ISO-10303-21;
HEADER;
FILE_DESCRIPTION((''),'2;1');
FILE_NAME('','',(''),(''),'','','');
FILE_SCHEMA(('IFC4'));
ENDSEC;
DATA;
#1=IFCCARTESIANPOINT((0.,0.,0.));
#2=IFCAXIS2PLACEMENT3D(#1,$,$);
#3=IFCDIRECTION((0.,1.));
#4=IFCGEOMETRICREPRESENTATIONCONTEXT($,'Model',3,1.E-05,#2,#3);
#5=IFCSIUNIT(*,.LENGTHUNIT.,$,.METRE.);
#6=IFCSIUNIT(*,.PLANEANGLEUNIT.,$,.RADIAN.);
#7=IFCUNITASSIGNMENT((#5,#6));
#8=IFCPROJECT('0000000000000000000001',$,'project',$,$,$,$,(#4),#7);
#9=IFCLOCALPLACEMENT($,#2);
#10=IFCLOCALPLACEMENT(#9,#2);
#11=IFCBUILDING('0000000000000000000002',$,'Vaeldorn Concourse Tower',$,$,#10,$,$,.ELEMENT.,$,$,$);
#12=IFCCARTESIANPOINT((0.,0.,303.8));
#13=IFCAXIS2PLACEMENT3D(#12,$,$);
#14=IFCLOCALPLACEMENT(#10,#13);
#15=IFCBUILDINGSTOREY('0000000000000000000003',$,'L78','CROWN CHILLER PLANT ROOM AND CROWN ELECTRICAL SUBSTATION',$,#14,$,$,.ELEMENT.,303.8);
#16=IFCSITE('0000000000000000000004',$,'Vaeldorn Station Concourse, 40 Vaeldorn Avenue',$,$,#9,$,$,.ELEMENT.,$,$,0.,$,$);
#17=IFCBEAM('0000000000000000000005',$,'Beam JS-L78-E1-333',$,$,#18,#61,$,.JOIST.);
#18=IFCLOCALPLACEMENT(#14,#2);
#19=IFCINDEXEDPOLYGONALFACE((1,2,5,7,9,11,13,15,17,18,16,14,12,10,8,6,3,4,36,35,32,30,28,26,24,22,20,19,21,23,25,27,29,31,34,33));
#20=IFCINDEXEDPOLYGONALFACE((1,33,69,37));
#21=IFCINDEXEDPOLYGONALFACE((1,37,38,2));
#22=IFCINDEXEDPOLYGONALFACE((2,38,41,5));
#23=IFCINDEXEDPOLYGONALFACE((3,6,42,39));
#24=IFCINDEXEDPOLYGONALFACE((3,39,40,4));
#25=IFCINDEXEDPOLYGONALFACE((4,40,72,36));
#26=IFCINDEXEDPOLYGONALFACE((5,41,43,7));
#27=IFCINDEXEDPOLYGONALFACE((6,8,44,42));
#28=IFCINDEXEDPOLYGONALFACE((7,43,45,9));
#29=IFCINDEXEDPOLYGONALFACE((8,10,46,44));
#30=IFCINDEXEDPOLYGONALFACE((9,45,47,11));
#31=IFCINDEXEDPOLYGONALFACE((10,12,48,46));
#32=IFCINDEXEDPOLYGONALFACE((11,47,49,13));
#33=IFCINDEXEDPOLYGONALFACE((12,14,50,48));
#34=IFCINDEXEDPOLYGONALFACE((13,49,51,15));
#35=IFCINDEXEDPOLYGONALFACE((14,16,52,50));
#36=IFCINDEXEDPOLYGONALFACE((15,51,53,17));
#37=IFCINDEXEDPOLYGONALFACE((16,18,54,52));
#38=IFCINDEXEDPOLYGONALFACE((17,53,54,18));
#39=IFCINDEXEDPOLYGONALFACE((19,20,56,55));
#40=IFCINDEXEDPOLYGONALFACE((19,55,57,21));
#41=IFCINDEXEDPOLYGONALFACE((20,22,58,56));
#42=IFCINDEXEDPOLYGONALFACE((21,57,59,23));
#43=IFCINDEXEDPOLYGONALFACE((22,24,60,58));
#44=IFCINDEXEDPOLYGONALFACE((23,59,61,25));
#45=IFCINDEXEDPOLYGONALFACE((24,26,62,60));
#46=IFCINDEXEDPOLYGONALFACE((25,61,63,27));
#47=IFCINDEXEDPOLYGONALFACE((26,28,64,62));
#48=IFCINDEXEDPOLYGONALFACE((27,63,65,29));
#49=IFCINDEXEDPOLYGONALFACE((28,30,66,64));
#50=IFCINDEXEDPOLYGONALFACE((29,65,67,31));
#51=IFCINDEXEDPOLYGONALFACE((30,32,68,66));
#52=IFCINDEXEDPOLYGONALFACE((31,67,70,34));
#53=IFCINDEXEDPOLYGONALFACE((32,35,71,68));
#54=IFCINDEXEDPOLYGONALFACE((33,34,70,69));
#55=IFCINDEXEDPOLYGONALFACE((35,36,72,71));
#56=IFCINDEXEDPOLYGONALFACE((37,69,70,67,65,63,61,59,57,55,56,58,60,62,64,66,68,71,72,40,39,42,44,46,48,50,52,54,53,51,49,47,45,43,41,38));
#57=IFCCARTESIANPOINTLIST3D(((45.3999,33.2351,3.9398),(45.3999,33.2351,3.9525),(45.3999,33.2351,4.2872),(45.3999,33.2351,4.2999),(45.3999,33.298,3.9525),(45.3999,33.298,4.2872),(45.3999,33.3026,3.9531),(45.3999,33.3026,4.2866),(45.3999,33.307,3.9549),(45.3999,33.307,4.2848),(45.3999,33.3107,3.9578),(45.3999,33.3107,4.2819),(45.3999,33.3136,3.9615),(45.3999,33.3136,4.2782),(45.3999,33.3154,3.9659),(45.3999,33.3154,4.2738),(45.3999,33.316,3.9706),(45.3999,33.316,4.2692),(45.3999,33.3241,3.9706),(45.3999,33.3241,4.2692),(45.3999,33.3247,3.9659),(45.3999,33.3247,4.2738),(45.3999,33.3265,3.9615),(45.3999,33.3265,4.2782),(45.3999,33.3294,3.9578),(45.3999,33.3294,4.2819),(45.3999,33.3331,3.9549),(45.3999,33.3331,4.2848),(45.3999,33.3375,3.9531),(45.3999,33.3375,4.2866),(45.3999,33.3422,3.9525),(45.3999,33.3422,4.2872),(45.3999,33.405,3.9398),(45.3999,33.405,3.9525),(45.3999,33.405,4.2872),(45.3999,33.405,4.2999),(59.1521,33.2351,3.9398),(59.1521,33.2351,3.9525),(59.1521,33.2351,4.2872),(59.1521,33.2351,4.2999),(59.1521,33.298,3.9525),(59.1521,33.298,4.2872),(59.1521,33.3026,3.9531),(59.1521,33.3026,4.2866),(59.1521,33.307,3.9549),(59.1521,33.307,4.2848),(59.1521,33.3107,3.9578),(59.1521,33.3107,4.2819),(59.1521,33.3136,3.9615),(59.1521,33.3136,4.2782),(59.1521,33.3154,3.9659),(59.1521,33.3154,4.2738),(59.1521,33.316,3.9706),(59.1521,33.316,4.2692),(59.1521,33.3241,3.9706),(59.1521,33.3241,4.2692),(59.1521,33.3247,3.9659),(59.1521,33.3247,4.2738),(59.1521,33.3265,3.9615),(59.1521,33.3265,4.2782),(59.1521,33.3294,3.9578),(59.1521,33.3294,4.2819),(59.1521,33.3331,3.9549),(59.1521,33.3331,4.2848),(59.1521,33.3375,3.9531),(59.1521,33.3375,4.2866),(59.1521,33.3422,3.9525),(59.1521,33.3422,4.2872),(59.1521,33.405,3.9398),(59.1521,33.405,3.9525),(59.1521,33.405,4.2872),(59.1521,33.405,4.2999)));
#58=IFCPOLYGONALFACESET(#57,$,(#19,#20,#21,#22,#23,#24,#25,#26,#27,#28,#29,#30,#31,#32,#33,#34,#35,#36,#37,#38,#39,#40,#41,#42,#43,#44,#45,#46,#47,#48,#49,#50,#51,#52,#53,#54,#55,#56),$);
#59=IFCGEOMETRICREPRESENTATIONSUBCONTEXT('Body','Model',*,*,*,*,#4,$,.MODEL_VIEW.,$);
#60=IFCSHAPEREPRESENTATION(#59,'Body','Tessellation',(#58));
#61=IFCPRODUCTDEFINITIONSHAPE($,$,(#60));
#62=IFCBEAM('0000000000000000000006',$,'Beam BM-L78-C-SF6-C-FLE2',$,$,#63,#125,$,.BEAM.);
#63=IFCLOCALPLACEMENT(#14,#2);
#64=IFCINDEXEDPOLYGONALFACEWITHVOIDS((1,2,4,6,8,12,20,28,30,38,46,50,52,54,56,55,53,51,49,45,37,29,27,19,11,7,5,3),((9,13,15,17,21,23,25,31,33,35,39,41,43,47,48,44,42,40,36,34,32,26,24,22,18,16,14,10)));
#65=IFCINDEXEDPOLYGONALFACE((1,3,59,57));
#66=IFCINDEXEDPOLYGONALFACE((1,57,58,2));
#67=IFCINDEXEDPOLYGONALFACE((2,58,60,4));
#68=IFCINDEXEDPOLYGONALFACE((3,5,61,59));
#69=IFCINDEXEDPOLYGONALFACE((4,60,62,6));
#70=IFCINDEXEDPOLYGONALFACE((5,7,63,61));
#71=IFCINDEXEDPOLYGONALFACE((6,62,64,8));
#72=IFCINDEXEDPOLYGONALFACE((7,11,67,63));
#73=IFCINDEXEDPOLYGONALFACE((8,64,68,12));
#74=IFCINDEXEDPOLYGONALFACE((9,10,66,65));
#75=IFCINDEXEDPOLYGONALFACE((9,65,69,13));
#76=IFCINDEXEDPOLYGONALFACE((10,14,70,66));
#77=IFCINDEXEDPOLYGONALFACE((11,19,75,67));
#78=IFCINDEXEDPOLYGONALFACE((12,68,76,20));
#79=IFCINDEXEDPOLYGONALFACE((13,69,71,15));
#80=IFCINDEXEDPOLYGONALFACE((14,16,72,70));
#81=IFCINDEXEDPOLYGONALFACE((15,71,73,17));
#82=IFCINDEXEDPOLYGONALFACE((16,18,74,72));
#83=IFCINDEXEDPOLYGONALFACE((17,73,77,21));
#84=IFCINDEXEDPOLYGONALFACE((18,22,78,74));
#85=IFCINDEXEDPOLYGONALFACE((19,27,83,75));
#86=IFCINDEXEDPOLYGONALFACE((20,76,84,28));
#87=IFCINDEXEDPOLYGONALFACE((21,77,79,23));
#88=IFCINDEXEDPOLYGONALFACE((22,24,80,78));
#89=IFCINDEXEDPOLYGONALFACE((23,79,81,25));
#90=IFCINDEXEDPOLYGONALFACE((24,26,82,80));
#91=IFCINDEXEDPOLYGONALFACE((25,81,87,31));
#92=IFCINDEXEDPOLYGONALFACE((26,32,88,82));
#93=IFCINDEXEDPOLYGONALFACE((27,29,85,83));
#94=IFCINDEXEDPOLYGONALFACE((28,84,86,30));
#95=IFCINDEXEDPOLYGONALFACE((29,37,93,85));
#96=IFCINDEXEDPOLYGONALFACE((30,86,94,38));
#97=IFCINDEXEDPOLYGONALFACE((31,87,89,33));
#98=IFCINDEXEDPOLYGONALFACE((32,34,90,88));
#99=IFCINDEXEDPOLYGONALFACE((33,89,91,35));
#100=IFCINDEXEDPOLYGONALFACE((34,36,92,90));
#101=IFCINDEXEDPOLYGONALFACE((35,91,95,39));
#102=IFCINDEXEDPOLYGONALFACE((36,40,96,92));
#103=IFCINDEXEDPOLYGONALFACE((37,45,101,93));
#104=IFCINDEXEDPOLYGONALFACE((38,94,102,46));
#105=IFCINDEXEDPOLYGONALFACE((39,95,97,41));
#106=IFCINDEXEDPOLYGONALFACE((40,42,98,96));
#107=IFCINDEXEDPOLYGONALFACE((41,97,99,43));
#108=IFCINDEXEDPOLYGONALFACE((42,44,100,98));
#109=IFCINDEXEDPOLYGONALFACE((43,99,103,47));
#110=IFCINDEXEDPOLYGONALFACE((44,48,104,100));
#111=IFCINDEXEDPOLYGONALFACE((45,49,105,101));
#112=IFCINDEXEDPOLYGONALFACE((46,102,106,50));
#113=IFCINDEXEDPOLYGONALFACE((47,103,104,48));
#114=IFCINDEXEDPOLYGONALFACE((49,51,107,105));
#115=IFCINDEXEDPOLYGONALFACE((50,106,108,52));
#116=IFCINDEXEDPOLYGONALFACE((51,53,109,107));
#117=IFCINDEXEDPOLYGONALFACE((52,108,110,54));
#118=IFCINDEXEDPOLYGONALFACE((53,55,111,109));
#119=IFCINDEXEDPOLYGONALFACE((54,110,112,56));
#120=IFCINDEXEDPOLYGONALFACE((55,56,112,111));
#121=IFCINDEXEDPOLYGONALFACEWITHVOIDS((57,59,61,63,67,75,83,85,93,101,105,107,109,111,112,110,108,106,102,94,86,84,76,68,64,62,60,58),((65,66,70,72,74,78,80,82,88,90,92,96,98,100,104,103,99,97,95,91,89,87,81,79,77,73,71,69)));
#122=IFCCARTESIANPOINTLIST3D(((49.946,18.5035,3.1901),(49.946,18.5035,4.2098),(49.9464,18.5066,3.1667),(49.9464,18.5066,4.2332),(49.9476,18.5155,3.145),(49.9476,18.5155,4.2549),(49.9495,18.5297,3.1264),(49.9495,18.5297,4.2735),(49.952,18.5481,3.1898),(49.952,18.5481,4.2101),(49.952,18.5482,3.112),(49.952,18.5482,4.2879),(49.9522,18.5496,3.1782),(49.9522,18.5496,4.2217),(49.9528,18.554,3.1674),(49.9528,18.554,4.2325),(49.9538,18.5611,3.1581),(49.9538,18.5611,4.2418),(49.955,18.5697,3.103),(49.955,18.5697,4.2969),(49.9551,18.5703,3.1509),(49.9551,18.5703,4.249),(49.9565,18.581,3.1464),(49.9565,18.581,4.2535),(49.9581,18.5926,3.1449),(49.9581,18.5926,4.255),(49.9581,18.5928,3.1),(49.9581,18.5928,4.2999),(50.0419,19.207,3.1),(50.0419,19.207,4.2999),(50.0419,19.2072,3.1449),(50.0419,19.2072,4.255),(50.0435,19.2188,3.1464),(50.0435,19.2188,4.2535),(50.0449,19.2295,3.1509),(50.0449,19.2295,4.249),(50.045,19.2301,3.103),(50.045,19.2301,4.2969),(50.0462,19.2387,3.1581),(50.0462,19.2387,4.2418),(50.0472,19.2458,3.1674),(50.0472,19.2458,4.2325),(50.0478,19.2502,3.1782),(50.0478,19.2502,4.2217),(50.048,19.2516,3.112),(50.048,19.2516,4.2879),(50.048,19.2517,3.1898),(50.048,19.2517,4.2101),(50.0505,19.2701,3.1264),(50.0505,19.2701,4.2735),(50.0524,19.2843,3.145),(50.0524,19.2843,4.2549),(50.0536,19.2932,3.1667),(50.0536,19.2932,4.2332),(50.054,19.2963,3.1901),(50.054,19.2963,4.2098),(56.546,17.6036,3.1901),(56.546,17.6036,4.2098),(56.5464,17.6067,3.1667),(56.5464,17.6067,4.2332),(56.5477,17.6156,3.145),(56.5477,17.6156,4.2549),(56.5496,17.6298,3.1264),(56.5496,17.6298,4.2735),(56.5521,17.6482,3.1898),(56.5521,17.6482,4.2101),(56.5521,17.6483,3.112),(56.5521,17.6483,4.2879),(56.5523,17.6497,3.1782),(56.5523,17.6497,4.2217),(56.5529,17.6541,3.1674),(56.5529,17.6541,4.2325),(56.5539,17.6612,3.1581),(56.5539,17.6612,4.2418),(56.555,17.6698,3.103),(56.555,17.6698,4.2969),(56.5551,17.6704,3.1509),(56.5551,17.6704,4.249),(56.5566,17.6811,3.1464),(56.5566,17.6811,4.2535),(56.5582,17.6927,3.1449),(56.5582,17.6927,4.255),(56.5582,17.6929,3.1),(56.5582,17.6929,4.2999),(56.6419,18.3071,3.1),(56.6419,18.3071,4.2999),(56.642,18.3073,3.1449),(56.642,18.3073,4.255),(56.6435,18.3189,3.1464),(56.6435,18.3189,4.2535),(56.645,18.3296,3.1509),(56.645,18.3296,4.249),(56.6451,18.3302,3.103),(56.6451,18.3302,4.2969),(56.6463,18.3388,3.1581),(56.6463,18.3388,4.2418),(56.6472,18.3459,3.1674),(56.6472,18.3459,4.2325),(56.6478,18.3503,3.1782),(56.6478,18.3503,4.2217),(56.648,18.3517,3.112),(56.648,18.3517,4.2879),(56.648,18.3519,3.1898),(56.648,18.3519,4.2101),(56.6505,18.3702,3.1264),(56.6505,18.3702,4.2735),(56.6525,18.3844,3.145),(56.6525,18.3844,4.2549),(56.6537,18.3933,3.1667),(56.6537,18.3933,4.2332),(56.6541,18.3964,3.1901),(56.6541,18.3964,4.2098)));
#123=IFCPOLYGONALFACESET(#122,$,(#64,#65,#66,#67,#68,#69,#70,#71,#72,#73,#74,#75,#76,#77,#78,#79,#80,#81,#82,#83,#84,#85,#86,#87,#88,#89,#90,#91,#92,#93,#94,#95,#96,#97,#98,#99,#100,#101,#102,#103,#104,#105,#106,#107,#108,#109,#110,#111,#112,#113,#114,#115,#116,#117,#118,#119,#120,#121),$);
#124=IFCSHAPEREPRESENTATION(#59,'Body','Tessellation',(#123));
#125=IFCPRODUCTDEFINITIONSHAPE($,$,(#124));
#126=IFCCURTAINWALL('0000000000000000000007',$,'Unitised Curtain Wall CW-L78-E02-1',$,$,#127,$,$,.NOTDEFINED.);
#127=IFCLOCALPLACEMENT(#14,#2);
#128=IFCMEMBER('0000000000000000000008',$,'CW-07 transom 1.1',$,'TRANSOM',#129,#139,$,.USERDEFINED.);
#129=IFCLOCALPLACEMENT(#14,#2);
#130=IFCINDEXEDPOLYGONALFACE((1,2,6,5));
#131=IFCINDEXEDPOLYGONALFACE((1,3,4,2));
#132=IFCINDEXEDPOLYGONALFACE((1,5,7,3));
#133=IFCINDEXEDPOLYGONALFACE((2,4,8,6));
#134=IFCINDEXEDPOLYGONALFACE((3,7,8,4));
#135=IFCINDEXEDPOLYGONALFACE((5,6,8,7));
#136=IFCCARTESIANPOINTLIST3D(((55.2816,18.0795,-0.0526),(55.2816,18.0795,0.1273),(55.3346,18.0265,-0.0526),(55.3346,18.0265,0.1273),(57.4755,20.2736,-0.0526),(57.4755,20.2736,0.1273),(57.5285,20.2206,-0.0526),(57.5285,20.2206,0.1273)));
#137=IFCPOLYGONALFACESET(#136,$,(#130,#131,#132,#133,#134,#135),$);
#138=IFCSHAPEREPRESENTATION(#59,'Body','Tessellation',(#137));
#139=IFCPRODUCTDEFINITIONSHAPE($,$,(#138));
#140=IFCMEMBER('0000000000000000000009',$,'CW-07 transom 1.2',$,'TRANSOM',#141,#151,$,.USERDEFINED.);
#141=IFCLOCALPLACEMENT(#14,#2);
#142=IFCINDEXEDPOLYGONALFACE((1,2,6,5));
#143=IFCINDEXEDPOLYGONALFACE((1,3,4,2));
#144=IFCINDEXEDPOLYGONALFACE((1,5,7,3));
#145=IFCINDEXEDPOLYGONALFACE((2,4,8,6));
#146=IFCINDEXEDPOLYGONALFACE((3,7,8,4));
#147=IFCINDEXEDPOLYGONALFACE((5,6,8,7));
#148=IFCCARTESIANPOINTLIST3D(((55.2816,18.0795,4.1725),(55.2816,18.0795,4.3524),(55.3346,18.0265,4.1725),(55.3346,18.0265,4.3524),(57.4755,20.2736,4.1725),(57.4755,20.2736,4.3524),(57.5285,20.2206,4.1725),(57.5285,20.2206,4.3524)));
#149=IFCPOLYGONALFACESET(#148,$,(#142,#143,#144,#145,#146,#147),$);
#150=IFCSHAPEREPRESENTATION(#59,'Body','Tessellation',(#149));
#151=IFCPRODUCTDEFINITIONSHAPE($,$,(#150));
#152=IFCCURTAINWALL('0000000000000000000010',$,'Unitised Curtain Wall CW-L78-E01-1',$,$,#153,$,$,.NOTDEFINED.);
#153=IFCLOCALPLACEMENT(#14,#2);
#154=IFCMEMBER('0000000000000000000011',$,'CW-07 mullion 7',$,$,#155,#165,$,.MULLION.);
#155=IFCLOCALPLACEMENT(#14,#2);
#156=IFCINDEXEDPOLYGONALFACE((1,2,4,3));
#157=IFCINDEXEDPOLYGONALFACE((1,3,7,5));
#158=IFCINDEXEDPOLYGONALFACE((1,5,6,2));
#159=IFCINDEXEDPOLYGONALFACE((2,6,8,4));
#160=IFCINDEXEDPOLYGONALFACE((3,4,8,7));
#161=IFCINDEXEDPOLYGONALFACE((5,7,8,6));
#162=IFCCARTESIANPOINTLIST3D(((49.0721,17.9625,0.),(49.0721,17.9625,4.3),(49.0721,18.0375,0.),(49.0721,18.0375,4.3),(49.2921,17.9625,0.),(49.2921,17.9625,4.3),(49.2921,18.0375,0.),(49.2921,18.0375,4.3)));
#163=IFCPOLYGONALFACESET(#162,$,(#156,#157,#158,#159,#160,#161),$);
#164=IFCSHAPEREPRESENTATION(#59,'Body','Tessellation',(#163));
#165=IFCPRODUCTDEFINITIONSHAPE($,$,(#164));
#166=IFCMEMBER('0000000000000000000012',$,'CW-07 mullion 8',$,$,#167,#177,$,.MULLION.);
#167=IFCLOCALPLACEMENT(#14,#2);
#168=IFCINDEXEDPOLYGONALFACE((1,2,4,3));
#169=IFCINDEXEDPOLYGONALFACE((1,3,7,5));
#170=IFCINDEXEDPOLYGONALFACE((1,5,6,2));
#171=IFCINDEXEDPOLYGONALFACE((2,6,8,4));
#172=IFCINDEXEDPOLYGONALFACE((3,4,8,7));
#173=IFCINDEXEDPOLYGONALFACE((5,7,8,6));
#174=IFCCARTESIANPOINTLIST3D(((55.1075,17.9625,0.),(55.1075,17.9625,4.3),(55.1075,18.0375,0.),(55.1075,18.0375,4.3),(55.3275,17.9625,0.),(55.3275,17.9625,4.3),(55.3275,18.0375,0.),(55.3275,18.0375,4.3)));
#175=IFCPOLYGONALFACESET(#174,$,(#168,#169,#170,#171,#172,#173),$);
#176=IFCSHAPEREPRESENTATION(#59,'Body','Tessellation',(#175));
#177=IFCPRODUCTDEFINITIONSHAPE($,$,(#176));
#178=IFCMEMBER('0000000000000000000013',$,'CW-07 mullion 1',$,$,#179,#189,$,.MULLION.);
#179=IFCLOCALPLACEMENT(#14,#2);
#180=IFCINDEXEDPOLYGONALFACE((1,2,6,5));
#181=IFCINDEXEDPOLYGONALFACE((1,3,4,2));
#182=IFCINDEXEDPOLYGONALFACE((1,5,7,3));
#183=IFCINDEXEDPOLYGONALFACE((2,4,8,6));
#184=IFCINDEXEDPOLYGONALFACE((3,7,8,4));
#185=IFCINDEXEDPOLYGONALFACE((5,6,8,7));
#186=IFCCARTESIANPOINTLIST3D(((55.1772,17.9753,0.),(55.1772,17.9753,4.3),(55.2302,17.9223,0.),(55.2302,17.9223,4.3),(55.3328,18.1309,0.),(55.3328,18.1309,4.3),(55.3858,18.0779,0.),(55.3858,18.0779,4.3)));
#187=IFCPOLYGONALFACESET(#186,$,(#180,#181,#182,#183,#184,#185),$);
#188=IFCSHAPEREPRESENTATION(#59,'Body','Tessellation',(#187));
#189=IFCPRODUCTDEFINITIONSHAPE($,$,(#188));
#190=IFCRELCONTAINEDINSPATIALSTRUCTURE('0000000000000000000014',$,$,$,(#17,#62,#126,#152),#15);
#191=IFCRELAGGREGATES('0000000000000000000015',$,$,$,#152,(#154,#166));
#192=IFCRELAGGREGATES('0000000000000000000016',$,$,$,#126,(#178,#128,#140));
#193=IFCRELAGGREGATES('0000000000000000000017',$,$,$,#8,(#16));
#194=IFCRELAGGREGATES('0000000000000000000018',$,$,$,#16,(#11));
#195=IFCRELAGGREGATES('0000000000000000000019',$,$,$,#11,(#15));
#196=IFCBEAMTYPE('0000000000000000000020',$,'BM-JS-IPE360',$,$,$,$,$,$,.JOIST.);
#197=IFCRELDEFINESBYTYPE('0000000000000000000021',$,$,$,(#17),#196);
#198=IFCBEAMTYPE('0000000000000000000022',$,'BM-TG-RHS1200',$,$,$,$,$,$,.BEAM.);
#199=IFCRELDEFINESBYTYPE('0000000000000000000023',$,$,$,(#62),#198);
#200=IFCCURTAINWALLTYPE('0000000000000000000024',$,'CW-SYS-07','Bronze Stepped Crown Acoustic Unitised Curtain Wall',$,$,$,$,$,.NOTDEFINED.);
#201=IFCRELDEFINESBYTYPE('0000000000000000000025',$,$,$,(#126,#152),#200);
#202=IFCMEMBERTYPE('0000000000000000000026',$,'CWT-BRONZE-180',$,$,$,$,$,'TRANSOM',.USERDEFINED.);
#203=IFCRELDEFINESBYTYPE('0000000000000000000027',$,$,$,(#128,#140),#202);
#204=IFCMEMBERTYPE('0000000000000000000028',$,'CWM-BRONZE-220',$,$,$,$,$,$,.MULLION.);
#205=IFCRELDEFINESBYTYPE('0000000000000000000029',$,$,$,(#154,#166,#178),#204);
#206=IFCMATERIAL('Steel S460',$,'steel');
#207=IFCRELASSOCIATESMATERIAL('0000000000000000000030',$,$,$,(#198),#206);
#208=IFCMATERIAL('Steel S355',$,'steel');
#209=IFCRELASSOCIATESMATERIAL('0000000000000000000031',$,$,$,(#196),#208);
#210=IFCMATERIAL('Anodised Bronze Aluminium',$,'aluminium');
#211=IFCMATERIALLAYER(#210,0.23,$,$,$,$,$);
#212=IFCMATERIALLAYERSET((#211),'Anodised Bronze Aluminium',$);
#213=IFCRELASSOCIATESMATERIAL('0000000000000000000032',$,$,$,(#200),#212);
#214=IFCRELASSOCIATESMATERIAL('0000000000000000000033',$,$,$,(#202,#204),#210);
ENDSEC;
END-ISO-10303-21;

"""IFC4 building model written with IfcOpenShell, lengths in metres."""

from ifc_helpers import new_model, si_unit, direction, frame, origin, origin_2d, place, context, subcontext, project, spatial, rectangle, hollow_rectangle, i_section, extrude, source, transform, mapped, material, layer, layer_set, material_profile, profile_set, type_object, element, aggregate, save


model = new_model("IFC4")

# Units and contexts
model_context = context("Model", 3, precision=1e-05, world=origin(), true_north=direction((0.0, 1.0)))
body_context = subcontext(model_context, "Body", "Model", "MODEL_VIEW")
ifc_project = project(units=[si_unit("LENGTHUNIT", "METRE"), si_unit("PLANEANGLEUNIT", "RADIAN")], contexts=[model_context])

# Site, building, storey
site_placement = place(None, origin())
site = spatial("IfcSite", under=ifc_project, at=site_placement, Name="Vaeldorn Station Concourse, 40 Vaeldorn Avenue", CompositionType="ELEMENT", RefElevation=0.0)
building_placement = place(site_placement, origin())
building = spatial("IfcBuilding", under=site, at=building_placement, Name="Vaeldorn Concourse Tower", CompositionType="ELEMENT")
storey_placement = place(building_placement, frame((0.0, 0.0, 303.8)))
storey = spatial("IfcBuildingStorey", under=building, at=storey_placement, Name="L78", Description="CROWN CHILLER PLANT ROOM AND CROWN ELECTRICAL SUBSTATION", CompositionType="ELEMENT", Elevation=303.8)

# Shared definitions
ifc_material_1 = material(Name="Steel S355", Category="steel")

# Beams
ifc_material_2 = material(Name="Steel S460", Category="steel")
ifc_material_profile_1 = material_profile(ifc_material_2, hollow_rectangle(XDim=0.8, YDim=1.2, WallThickness=0.0449, InnerFilletRadius=0.0449, OuterFilletRadius=0.0901, at=origin_2d()), Name="RHS 1200x800x45")
ifc_profile_set_1 = profile_set([ifc_material_profile_1], Name="Steel S460")
beam_type_1 = type_object("IfcBeamType", Name="BM-TG-RHS1200", PredefinedType="BEAM", material=ifc_profile_set_1)
ifc_material_profile_2 = material_profile(ifc_material_1, i_section(OverallWidth=0.1699, OverallDepth=0.3601, WebThickness=0.0081, FlangeThickness=0.0127, FilletRadius=0.0181, at=origin_2d()), Name="IPE 360")
ifc_profile_set_2 = profile_set([ifc_material_profile_2], Name="Steel S355")
beam_type_2 = type_object("IfcBeamType", Name="BM-JS-IPE360", PredefinedType="JOIST", material=ifc_profile_set_2)
shared_shape_1 = source(origin(), body_context, "Body", "SweptSolid", [
    extrude(i_section(OverallWidth=0.1699, OverallDepth=0.3601, WebThickness=0.0081, FlangeThickness=0.0127, FilletRadius=0.0181, at=origin_2d()), origin(), (0.0, 0.0, 1.0), 13.7522),
])
beam_1_placement = place(storey_placement, frame((45.3999, 33.3201, 4.1199), z_axis=(1.0, 0.0, 0.0), x_axis=(0.0, 1.0, 0.0)))
element("IfcBeam", 1, at=beam_1_placement, inside=storey, type_object=beam_type_2, Name="Beam JS-L78-E1-333", PredefinedType="JOIST", context=body_context, shape_type="MappedRepresentation", body=[
    mapped(shared_shape_1, transform((0.0, 0.0, 0.0), scale=1.0)),
])
shared_shape_2 = source(origin(), body_context, "Body", "SweptSolid", [
    extrude(hollow_rectangle(XDim=0.8, YDim=1.2, WallThickness=0.0449, InnerFilletRadius=0.0449, OuterFilletRadius=0.0901, at=origin_2d()), origin(), (0.0, 0.0, 1.0), 6.6611),
])
beam_2_placement = place(storey_placement, frame((50.0, 18.8999, 3.7), z_axis=(0.990832, -0.135097, 0.0), x_axis=(0.135097, 0.990832, 0.0)))
element("IfcBeam", 2, at=beam_2_placement, inside=storey, type_object=beam_type_1, Name="Beam BM-L78-C-SF6-C-FLE2", PredefinedType="BEAM", context=body_context, shape_type="MappedRepresentation", body=[
    mapped(shared_shape_2, transform((0.0, 0.0, 0.0), scale=1.0)),
])

# Curtain walls, members
ifc_material_3 = material(Name="Anodised Bronze Aluminium", Category="aluminium")
ifc_layer_1 = layer(ifc_material_3, 0.23)
ifc_layer_set_1 = layer_set([ifc_layer_1], Name="Anodised Bronze Aluminium")
curtain_wall_type = type_object("IfcCurtainWallType", Name="CW-SYS-07", Description="Bronze Stepped Crown Acoustic Unitised Curtain Wall", PredefinedType="NOTDEFINED", material=ifc_layer_set_1)
curtain_wall_1_placement = place(storey_placement, origin())
curtain_wall_1 = element("IfcCurtainWall", 3, at=curtain_wall_1_placement, inside=storey, type_object=curtain_wall_type, Name="Unitised Curtain Wall CW-L78-E02-1", PredefinedType="NOTDEFINED")
ifc_material_profile_3 = material_profile(ifc_material_3, rectangle(XDim=0.075, YDim=0.1799, at=origin_2d()), Name="CWT 75x180")
ifc_profile_set_3 = profile_set([ifc_material_profile_3], Name="Anodised Bronze Aluminium")
member_type_1 = type_object("IfcMemberType", Name="CWT-BRONZE-180", ElementType="TRANSOM", PredefinedType="USERDEFINED", material=ifc_profile_set_3)
shared_shape_3 = source(origin(), body_context, "Body", "SweptSolid", [
    extrude(rectangle(XDim=0.075, YDim=0.1799, at=origin_2d()), origin(), (0.0, 0.0, 1.0), 3.1028),
])
member_1_placement = place(storey_placement, frame((55.3081, 18.053, 0.0374), z_axis=(0.707067, 0.707146, 0.0), x_axis=(-0.707146, 0.707067, 0.0)))
member_1 = element("IfcMember", 4, at=member_1_placement, type_object=member_type_1, Name="CW-07 transom 1.1", ObjectType="TRANSOM", PredefinedType="USERDEFINED", context=body_context, shape_type="MappedRepresentation", body=[
    mapped(shared_shape_3, transform((0.0, 0.0, 0.0), scale=1.0)),
])
member_2_placement = place(storey_placement, frame((55.3081, 18.053, 4.2625), z_axis=(0.707067, 0.707146, 0.0), x_axis=(-0.707146, 0.707067, 0.0)))
member_2 = element("IfcMember", 5, at=member_2_placement, type_object=member_type_1, Name="CW-07 transom 1.2", ObjectType="TRANSOM", PredefinedType="USERDEFINED", context=body_context, shape_type="MappedRepresentation", body=[
    mapped(shared_shape_3, transform((0.0, 0.0, 0.0), scale=1.0)),
])
curtain_wall_2_placement = place(storey_placement, origin())
curtain_wall_2 = element("IfcCurtainWall", 6, at=curtain_wall_2_placement, inside=storey, type_object=curtain_wall_type, Name="Unitised Curtain Wall CW-L78-E01-1", PredefinedType="NOTDEFINED")
ifc_material_profile_4 = material_profile(ifc_material_3, rectangle(XDim=0.075, YDim=0.22, at=origin_2d()), Name="CWM 75x220")
ifc_profile_set_4 = profile_set([ifc_material_profile_4], Name="Anodised Bronze Aluminium")
member_type_2 = type_object("IfcMemberType", Name="CWM-BRONZE-220", PredefinedType="MULLION", material=ifc_profile_set_4)
shared_shape_4 = source(origin(), body_context, "Body", "SweptSolid", [
    extrude(rectangle(XDim=0.075, YDim=0.22, at=origin_2d()), origin(), (0.0, 0.0, 1.0), 4.3),
])
member_3_placement = place(storey_placement, frame((49.1821, 18.0, 0.0), z_axis=(0.0, 0.0, 1.0), x_axis=(0.0, 1.0, 0.0)))
member_3 = element("IfcMember", 7, at=member_3_placement, type_object=member_type_2, Name="CW-07 mullion 7", PredefinedType="MULLION", context=body_context, shape_type="MappedRepresentation", body=[
    mapped(shared_shape_4, transform((0.0, 0.0, 0.0), scale=1.0)),
])
member_4_placement = place(storey_placement, frame((55.2175, 18.0, 0.0), z_axis=(0.0, 0.0, 1.0), x_axis=(0.0, 1.0, 0.0)))
member_4 = element("IfcMember", 8, at=member_4_placement, type_object=member_type_2, Name="CW-07 mullion 8", PredefinedType="MULLION", context=body_context, shape_type="MappedRepresentation", body=[
    mapped(shared_shape_4, transform((0.0, 0.0, 0.0), scale=1.0)),
])

# Member
member_5_placement = place(storey_placement, frame((55.2815, 18.0266, 0.0), z_axis=(0.0, 0.0, 1.0), x_axis=(-0.707107, 0.707107, 0.0)))
member_5 = element("IfcMember", 9, at=member_5_placement, type_object=member_type_2, Name="CW-07 mullion 1", PredefinedType="MULLION", context=body_context, shape_type="MappedRepresentation", body=[
    mapped(shared_shape_4, transform((0.0, 0.0, 0.0), scale=1.0)),
])

aggregate(curtain_wall_2, [member_3, member_4])
aggregate(curtain_wall_1, [member_5, member_1, member_2])

save(model, "model.ifc")
